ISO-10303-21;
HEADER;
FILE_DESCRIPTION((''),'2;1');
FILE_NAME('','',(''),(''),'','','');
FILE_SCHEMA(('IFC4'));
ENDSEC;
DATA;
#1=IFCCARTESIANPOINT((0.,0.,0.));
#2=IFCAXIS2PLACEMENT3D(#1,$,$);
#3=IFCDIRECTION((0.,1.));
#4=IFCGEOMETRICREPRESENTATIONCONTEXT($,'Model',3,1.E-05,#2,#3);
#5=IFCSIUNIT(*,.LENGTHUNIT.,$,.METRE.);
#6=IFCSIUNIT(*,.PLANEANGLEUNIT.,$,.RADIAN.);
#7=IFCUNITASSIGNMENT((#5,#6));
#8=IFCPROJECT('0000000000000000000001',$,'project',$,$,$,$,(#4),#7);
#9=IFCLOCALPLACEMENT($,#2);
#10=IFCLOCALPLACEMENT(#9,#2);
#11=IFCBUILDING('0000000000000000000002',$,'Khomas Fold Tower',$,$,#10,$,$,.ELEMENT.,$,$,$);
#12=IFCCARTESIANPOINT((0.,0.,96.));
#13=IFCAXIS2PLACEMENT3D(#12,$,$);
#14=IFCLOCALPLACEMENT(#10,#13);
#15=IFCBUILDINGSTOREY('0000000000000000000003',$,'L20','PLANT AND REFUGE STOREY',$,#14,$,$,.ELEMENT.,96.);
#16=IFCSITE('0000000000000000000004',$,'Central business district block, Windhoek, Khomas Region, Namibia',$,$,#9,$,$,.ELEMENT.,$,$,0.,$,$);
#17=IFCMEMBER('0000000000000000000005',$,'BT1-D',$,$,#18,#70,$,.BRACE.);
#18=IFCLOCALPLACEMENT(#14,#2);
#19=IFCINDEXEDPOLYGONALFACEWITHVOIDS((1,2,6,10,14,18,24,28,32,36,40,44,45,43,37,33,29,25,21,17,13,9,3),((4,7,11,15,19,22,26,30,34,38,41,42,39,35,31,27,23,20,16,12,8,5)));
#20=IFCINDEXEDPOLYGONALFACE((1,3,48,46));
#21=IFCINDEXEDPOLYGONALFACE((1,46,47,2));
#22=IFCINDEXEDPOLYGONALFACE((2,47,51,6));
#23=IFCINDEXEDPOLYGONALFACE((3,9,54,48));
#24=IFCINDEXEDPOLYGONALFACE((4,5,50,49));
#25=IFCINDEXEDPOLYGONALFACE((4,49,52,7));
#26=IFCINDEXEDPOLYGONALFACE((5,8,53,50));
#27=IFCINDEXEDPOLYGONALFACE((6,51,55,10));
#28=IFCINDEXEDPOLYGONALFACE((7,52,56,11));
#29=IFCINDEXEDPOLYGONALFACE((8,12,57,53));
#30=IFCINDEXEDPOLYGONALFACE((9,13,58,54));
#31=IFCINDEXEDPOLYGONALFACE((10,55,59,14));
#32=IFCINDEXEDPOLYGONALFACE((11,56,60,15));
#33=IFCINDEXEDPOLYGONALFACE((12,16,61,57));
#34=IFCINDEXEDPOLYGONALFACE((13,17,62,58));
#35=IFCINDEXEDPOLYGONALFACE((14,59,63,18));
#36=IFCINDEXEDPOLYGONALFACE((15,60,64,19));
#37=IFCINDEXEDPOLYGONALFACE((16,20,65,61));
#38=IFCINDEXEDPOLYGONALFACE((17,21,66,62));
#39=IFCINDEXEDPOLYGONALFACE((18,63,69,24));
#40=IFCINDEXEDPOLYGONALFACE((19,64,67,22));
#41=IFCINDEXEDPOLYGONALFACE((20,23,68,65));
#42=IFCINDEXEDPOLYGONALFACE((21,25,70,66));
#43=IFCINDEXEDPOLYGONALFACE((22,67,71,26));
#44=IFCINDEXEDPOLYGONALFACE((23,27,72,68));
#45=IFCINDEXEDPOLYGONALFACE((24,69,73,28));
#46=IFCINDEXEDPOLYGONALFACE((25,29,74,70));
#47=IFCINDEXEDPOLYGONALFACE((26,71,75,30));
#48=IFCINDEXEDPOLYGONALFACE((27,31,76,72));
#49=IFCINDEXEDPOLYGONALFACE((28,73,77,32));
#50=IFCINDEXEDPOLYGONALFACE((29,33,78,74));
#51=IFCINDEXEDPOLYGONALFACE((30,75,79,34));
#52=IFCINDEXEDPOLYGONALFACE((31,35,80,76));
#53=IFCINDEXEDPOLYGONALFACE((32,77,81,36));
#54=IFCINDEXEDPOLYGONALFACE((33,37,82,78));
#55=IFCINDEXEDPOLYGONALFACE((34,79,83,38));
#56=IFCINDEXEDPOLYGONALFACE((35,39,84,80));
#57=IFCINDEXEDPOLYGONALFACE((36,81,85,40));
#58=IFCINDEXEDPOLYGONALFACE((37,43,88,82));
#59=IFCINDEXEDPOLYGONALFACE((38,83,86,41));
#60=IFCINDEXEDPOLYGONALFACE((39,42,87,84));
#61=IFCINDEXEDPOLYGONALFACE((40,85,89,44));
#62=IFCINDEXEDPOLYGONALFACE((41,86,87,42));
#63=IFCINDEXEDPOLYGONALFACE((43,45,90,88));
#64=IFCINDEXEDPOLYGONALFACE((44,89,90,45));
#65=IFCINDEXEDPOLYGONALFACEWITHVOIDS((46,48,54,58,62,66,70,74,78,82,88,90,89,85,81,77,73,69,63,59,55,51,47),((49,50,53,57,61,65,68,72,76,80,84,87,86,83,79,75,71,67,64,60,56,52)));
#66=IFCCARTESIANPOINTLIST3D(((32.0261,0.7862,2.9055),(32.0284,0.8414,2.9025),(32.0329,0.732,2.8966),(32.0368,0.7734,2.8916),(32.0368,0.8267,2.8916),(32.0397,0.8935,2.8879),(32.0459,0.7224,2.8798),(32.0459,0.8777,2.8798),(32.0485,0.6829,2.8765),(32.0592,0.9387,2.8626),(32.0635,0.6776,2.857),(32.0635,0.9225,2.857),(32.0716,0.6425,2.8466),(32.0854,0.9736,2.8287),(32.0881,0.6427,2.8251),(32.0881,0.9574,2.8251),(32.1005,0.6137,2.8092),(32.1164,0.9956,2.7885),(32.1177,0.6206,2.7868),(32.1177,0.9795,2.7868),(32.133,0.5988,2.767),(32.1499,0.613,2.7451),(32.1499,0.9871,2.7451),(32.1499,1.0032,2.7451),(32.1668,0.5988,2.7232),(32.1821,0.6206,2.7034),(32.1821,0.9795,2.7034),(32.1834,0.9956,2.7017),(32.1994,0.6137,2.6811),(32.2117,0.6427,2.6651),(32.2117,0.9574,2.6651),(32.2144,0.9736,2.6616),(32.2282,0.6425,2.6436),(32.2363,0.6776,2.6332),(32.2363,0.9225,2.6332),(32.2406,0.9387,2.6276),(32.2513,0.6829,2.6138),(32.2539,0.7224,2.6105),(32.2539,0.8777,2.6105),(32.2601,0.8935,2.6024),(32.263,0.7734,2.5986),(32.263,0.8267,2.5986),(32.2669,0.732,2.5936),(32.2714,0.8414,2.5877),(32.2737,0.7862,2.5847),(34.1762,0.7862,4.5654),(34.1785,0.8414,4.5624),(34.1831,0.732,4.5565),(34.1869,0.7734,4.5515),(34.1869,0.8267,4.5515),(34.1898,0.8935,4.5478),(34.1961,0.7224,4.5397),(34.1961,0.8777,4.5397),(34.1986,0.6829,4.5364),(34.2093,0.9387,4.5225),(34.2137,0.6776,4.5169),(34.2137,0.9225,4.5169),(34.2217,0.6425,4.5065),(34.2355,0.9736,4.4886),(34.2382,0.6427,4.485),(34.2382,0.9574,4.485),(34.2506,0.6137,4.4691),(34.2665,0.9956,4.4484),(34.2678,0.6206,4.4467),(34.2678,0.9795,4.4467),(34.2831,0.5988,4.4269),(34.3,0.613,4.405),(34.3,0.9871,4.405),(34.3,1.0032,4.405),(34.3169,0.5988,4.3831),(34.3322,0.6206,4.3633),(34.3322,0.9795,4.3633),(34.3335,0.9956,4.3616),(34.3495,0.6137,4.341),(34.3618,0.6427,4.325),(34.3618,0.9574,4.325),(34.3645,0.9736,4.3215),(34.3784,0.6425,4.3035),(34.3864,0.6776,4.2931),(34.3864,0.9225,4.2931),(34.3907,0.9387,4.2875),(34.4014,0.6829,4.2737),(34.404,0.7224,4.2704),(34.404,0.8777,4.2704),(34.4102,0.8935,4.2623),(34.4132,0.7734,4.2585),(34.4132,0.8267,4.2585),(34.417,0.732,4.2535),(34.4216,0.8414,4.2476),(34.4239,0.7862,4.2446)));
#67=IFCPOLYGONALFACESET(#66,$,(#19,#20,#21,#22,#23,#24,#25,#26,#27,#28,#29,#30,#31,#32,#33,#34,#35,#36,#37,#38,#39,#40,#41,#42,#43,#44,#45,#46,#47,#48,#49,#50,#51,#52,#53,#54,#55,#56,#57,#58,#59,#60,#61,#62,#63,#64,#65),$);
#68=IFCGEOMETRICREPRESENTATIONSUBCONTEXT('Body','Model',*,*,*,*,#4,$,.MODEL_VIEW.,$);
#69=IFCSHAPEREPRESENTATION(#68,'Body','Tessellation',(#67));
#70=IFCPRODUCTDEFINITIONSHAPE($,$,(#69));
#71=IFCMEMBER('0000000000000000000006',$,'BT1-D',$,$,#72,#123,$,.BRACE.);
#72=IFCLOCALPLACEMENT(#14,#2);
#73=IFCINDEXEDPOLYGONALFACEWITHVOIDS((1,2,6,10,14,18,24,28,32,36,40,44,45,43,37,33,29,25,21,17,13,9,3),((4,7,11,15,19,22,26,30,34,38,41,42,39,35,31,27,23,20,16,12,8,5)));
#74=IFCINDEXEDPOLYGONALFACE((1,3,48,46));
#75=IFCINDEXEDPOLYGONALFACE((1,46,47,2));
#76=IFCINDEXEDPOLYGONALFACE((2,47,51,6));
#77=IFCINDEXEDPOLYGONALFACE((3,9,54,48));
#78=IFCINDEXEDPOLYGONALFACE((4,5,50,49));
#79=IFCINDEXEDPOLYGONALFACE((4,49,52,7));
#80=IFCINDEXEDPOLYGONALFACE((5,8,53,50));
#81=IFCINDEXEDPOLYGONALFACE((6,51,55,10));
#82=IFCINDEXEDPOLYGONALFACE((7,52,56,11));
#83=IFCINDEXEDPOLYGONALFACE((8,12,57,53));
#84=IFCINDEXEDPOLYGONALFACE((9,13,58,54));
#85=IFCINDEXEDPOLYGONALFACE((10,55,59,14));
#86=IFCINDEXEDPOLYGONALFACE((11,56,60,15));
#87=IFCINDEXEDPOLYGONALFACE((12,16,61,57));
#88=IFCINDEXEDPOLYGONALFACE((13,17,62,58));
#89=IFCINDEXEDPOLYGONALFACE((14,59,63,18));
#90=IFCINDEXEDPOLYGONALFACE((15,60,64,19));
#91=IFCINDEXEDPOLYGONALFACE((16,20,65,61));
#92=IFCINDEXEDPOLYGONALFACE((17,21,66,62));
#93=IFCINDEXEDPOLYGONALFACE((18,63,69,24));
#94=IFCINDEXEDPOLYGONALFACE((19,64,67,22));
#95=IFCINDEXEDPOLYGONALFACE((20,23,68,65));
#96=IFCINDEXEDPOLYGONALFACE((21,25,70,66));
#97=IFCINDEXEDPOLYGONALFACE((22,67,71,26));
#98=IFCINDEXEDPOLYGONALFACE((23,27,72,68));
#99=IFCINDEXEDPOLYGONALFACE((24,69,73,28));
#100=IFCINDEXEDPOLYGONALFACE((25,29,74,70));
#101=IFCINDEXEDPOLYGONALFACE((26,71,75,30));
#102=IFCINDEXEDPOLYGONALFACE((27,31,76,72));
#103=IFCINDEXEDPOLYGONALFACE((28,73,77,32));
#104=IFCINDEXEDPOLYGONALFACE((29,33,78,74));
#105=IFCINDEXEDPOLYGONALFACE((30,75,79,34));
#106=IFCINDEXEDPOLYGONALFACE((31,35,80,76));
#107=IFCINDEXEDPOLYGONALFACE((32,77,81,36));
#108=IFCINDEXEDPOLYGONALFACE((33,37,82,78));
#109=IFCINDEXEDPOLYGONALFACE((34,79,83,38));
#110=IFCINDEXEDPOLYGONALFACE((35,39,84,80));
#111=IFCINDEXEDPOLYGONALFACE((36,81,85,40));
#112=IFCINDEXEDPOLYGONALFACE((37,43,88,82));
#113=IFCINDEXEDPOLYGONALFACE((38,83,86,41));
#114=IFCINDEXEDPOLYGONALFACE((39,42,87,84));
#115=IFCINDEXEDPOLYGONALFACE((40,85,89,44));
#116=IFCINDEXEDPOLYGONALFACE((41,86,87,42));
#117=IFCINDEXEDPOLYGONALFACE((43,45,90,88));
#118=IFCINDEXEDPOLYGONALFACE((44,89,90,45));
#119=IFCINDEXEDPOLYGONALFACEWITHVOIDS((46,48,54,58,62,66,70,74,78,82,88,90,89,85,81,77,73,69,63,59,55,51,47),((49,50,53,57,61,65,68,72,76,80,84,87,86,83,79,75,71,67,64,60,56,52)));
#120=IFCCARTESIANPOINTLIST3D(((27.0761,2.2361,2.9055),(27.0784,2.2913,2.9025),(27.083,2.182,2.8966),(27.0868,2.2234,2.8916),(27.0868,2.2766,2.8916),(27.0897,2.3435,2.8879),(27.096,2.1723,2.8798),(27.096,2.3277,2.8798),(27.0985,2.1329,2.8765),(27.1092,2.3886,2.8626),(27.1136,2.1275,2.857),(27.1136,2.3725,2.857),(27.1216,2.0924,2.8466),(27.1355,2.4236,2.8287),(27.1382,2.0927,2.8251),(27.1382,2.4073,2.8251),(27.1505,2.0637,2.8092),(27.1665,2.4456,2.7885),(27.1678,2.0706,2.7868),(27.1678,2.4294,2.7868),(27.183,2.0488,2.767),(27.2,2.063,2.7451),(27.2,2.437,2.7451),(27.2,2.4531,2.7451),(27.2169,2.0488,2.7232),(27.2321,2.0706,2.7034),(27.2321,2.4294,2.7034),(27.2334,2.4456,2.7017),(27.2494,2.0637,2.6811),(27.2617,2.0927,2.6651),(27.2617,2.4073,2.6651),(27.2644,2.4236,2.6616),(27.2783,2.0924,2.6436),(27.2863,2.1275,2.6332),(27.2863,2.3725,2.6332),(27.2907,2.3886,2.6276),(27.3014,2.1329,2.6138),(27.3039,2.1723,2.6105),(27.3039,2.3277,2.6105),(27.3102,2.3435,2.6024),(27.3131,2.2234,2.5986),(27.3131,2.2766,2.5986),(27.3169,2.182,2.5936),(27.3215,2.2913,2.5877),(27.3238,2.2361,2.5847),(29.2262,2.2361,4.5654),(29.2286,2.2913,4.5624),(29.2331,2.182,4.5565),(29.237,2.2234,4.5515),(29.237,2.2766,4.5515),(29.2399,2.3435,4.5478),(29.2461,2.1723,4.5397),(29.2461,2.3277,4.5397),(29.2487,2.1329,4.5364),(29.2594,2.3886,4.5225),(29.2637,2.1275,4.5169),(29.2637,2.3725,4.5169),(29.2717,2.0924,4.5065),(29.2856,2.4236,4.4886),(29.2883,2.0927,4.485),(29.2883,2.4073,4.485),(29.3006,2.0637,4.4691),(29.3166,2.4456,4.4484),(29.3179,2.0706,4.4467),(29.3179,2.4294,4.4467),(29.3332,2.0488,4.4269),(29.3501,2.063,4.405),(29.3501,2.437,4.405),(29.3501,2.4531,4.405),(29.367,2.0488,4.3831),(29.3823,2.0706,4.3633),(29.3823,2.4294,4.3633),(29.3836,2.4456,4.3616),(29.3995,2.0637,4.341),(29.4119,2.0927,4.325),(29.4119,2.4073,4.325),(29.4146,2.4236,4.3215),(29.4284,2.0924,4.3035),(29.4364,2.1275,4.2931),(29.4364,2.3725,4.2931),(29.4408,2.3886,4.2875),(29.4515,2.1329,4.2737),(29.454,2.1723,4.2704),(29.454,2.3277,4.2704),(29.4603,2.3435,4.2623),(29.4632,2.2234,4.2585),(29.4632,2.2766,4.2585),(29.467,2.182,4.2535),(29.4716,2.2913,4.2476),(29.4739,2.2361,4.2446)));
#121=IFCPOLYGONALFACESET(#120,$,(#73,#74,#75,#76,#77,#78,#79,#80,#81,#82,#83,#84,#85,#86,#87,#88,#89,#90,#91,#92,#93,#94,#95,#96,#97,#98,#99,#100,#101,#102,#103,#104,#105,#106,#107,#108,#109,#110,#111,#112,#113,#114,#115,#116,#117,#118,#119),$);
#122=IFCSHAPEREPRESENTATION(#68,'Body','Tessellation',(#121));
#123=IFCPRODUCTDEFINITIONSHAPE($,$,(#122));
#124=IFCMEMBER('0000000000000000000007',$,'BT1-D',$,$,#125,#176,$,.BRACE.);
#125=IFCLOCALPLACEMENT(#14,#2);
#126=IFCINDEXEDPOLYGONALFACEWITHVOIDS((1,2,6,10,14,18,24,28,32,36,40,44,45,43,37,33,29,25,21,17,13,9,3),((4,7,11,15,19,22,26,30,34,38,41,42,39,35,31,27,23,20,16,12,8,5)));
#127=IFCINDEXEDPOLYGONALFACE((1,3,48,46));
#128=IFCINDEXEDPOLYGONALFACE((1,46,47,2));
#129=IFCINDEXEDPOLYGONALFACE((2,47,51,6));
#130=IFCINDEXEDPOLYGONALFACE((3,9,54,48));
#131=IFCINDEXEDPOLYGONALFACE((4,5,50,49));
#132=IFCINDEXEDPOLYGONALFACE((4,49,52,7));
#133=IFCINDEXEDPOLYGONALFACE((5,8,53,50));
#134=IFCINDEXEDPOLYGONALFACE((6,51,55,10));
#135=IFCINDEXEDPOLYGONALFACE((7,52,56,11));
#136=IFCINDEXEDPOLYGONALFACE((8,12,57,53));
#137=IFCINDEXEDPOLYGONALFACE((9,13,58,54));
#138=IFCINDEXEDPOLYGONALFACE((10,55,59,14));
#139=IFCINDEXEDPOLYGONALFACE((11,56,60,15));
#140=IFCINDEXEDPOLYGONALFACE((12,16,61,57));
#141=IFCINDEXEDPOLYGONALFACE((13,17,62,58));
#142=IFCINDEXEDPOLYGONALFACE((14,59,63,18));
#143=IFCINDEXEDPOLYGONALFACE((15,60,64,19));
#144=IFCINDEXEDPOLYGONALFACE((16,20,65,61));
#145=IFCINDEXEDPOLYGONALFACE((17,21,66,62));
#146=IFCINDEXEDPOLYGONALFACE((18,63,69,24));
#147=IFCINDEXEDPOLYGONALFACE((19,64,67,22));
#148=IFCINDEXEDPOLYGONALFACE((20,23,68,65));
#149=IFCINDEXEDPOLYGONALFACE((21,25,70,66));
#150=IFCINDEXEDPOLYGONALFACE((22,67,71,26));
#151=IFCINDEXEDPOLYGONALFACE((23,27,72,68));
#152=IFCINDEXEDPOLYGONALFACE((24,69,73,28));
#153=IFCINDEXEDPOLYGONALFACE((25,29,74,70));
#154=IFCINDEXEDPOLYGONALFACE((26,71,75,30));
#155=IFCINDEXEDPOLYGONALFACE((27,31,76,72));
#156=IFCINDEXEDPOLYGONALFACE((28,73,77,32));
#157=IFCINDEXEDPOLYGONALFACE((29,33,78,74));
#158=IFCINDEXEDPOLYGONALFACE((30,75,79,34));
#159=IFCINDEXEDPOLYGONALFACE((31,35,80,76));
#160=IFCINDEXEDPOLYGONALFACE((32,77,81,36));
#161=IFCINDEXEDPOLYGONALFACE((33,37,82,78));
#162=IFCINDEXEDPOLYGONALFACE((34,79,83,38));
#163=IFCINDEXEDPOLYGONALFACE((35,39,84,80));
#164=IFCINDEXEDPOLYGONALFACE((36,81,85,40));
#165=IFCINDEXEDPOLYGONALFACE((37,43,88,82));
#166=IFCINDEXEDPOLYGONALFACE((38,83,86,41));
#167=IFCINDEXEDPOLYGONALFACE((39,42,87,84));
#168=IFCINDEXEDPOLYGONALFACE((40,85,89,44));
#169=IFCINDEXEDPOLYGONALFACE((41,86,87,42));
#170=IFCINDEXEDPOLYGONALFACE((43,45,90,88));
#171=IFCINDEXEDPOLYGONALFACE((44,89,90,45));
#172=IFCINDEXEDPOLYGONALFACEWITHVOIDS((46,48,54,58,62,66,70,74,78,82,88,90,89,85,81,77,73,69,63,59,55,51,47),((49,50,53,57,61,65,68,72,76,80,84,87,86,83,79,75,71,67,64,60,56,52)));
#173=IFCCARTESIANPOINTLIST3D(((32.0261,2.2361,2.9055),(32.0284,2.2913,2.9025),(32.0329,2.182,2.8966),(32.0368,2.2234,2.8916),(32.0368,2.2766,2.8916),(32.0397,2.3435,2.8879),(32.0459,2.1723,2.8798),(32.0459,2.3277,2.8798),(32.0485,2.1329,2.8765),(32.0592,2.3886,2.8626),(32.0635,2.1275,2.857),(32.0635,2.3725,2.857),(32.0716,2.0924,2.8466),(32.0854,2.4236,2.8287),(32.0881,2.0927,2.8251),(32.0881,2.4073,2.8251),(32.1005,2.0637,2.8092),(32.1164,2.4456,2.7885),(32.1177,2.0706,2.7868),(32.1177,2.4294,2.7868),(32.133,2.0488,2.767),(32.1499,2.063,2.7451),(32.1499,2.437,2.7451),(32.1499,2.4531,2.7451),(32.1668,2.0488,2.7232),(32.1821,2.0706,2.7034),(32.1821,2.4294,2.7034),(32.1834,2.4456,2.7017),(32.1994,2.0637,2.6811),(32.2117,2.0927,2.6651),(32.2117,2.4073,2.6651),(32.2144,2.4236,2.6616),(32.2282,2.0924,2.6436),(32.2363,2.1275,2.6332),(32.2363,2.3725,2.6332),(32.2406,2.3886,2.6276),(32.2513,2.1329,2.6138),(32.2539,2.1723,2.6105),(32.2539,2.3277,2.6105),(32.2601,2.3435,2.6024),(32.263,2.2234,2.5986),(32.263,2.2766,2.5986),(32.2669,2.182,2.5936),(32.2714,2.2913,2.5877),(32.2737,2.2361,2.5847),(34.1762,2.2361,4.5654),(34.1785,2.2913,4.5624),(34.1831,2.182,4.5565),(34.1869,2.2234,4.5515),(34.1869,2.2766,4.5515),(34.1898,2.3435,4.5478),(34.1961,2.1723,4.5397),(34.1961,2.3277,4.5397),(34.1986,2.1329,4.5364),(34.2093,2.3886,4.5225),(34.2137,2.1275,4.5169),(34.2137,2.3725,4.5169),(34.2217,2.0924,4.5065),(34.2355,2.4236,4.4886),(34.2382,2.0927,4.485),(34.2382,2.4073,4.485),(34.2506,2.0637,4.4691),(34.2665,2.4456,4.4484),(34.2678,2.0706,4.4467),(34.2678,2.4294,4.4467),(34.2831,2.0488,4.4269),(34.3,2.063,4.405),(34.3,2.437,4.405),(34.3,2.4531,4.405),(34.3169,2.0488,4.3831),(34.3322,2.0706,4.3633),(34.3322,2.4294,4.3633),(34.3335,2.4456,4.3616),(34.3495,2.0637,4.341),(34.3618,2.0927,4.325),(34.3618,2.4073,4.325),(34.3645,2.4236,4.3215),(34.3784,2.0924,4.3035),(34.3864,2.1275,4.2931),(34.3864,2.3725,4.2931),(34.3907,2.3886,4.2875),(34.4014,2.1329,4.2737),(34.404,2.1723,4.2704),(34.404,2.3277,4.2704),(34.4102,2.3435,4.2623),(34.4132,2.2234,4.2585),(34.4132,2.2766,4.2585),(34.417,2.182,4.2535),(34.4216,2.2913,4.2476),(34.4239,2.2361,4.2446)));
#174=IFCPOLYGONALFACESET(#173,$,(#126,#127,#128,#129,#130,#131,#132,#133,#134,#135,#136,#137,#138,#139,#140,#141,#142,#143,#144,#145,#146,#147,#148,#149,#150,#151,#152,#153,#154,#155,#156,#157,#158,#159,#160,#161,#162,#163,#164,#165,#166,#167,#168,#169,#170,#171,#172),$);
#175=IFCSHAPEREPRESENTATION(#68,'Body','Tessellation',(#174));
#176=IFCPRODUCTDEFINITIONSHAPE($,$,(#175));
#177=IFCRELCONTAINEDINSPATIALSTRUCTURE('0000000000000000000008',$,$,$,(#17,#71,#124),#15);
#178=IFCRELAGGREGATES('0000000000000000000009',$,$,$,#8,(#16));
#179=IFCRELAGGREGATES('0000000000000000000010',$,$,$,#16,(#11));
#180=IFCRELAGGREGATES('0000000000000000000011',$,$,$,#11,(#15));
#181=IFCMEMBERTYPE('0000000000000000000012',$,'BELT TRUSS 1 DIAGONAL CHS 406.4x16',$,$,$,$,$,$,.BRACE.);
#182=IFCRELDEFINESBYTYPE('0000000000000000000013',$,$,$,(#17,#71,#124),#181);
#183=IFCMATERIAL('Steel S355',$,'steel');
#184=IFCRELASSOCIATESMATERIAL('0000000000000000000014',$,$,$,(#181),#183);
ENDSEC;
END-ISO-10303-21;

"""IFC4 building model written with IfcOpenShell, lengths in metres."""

from ifc_helpers import new_model, si_unit, direction, frame, origin, origin_2d, place, context, subcontext, project, spatial, hollow_circle, extrude, source, transform, mapped, material, material_profile, profile_set, type_object, element, save


model = new_model("IFC4")

# Units and contexts
model_context = context("Model", 3, precision=1e-05, world=origin(), true_north=direction((0.0, 1.0)))
body_context = subcontext(model_context, "Body", "Model", "MODEL_VIEW")
ifc_project = project(units=[si_unit("LENGTHUNIT", "METRE"), si_unit("PLANEANGLEUNIT", "RADIAN")], contexts=[model_context])

# Site, building, storey
site_placement = place(None, origin())
site = spatial("IfcSite", under=ifc_project, at=site_placement, Name="Central business district block, Windhoek, Khomas Region, Namibia", CompositionType="ELEMENT", RefElevation=0.0)
building_placement = place(site_placement, origin())
building = spatial("IfcBuilding", under=site, at=building_placement, Name="Khomas Fold Tower", CompositionType="ELEMENT")
storey_placement = place(building_placement, frame((0.0, 0.0, 96.0)))
storey = spatial("IfcBuildingStorey", under=building, at=storey_placement, Name="L20", Description="PLANT AND REFUGE STOREY", CompositionType="ELEMENT", Elevation=96.0)

# Members
ifc_material_1 = material(Name="Steel S355", Category="steel")
ifc_material_profile_1 = material_profile(ifc_material_1, hollow_circle(Radius=0.2031, WallThickness=0.0161, at=origin_2d()), Name="CHS 406.4x16")
ifc_profile_set_1 = profile_set([ifc_material_profile_1], Name="Steel S355")
member_type_1 = type_object("IfcMemberType", Name="BELT TRUSS 1 DIAGONAL CHS 406.4x16", PredefinedType="BRACE", material=ifc_profile_set_1)
shared_shape_1 = source(origin(), body_context, "Body", "SweptSolid", [
    extrude(hollow_circle(Radius=0.2031, WallThickness=0.0161, at=origin_2d()), origin(), (0.0, 0.0, 1.0), 2.7163),
])
for number, where, z_axis, x_axis, name in (
    (1, (32.1499, 0.8, 2.7451), (0.791564, 0.0, 0.611087), (0.0, 1.0, 0.0), "BT1-D"),
    (2, (27.2, 2.25, 2.7451), (0.791564, 0.0, 0.611087), (0.0, 1.0, 0.0), "BT1-D"),
    (3, (32.1499, 2.25, 2.7451), (0.791564, 0.0, 0.611087), (0.0, 1.0, 0.0), "BT1-D"),
):
    element("IfcMember", number, at=place(storey_placement, frame(where, z_axis=z_axis, x_axis=x_axis)), inside=storey, type_object=member_type_1, Name=name, PredefinedType="BRACE", context=body_context, shape_type="MappedRepresentation", body=[
        mapped(shared_shape_1, transform((0.0, 0.0, 0.0))),
    ])

save(model, "model.ifc")
